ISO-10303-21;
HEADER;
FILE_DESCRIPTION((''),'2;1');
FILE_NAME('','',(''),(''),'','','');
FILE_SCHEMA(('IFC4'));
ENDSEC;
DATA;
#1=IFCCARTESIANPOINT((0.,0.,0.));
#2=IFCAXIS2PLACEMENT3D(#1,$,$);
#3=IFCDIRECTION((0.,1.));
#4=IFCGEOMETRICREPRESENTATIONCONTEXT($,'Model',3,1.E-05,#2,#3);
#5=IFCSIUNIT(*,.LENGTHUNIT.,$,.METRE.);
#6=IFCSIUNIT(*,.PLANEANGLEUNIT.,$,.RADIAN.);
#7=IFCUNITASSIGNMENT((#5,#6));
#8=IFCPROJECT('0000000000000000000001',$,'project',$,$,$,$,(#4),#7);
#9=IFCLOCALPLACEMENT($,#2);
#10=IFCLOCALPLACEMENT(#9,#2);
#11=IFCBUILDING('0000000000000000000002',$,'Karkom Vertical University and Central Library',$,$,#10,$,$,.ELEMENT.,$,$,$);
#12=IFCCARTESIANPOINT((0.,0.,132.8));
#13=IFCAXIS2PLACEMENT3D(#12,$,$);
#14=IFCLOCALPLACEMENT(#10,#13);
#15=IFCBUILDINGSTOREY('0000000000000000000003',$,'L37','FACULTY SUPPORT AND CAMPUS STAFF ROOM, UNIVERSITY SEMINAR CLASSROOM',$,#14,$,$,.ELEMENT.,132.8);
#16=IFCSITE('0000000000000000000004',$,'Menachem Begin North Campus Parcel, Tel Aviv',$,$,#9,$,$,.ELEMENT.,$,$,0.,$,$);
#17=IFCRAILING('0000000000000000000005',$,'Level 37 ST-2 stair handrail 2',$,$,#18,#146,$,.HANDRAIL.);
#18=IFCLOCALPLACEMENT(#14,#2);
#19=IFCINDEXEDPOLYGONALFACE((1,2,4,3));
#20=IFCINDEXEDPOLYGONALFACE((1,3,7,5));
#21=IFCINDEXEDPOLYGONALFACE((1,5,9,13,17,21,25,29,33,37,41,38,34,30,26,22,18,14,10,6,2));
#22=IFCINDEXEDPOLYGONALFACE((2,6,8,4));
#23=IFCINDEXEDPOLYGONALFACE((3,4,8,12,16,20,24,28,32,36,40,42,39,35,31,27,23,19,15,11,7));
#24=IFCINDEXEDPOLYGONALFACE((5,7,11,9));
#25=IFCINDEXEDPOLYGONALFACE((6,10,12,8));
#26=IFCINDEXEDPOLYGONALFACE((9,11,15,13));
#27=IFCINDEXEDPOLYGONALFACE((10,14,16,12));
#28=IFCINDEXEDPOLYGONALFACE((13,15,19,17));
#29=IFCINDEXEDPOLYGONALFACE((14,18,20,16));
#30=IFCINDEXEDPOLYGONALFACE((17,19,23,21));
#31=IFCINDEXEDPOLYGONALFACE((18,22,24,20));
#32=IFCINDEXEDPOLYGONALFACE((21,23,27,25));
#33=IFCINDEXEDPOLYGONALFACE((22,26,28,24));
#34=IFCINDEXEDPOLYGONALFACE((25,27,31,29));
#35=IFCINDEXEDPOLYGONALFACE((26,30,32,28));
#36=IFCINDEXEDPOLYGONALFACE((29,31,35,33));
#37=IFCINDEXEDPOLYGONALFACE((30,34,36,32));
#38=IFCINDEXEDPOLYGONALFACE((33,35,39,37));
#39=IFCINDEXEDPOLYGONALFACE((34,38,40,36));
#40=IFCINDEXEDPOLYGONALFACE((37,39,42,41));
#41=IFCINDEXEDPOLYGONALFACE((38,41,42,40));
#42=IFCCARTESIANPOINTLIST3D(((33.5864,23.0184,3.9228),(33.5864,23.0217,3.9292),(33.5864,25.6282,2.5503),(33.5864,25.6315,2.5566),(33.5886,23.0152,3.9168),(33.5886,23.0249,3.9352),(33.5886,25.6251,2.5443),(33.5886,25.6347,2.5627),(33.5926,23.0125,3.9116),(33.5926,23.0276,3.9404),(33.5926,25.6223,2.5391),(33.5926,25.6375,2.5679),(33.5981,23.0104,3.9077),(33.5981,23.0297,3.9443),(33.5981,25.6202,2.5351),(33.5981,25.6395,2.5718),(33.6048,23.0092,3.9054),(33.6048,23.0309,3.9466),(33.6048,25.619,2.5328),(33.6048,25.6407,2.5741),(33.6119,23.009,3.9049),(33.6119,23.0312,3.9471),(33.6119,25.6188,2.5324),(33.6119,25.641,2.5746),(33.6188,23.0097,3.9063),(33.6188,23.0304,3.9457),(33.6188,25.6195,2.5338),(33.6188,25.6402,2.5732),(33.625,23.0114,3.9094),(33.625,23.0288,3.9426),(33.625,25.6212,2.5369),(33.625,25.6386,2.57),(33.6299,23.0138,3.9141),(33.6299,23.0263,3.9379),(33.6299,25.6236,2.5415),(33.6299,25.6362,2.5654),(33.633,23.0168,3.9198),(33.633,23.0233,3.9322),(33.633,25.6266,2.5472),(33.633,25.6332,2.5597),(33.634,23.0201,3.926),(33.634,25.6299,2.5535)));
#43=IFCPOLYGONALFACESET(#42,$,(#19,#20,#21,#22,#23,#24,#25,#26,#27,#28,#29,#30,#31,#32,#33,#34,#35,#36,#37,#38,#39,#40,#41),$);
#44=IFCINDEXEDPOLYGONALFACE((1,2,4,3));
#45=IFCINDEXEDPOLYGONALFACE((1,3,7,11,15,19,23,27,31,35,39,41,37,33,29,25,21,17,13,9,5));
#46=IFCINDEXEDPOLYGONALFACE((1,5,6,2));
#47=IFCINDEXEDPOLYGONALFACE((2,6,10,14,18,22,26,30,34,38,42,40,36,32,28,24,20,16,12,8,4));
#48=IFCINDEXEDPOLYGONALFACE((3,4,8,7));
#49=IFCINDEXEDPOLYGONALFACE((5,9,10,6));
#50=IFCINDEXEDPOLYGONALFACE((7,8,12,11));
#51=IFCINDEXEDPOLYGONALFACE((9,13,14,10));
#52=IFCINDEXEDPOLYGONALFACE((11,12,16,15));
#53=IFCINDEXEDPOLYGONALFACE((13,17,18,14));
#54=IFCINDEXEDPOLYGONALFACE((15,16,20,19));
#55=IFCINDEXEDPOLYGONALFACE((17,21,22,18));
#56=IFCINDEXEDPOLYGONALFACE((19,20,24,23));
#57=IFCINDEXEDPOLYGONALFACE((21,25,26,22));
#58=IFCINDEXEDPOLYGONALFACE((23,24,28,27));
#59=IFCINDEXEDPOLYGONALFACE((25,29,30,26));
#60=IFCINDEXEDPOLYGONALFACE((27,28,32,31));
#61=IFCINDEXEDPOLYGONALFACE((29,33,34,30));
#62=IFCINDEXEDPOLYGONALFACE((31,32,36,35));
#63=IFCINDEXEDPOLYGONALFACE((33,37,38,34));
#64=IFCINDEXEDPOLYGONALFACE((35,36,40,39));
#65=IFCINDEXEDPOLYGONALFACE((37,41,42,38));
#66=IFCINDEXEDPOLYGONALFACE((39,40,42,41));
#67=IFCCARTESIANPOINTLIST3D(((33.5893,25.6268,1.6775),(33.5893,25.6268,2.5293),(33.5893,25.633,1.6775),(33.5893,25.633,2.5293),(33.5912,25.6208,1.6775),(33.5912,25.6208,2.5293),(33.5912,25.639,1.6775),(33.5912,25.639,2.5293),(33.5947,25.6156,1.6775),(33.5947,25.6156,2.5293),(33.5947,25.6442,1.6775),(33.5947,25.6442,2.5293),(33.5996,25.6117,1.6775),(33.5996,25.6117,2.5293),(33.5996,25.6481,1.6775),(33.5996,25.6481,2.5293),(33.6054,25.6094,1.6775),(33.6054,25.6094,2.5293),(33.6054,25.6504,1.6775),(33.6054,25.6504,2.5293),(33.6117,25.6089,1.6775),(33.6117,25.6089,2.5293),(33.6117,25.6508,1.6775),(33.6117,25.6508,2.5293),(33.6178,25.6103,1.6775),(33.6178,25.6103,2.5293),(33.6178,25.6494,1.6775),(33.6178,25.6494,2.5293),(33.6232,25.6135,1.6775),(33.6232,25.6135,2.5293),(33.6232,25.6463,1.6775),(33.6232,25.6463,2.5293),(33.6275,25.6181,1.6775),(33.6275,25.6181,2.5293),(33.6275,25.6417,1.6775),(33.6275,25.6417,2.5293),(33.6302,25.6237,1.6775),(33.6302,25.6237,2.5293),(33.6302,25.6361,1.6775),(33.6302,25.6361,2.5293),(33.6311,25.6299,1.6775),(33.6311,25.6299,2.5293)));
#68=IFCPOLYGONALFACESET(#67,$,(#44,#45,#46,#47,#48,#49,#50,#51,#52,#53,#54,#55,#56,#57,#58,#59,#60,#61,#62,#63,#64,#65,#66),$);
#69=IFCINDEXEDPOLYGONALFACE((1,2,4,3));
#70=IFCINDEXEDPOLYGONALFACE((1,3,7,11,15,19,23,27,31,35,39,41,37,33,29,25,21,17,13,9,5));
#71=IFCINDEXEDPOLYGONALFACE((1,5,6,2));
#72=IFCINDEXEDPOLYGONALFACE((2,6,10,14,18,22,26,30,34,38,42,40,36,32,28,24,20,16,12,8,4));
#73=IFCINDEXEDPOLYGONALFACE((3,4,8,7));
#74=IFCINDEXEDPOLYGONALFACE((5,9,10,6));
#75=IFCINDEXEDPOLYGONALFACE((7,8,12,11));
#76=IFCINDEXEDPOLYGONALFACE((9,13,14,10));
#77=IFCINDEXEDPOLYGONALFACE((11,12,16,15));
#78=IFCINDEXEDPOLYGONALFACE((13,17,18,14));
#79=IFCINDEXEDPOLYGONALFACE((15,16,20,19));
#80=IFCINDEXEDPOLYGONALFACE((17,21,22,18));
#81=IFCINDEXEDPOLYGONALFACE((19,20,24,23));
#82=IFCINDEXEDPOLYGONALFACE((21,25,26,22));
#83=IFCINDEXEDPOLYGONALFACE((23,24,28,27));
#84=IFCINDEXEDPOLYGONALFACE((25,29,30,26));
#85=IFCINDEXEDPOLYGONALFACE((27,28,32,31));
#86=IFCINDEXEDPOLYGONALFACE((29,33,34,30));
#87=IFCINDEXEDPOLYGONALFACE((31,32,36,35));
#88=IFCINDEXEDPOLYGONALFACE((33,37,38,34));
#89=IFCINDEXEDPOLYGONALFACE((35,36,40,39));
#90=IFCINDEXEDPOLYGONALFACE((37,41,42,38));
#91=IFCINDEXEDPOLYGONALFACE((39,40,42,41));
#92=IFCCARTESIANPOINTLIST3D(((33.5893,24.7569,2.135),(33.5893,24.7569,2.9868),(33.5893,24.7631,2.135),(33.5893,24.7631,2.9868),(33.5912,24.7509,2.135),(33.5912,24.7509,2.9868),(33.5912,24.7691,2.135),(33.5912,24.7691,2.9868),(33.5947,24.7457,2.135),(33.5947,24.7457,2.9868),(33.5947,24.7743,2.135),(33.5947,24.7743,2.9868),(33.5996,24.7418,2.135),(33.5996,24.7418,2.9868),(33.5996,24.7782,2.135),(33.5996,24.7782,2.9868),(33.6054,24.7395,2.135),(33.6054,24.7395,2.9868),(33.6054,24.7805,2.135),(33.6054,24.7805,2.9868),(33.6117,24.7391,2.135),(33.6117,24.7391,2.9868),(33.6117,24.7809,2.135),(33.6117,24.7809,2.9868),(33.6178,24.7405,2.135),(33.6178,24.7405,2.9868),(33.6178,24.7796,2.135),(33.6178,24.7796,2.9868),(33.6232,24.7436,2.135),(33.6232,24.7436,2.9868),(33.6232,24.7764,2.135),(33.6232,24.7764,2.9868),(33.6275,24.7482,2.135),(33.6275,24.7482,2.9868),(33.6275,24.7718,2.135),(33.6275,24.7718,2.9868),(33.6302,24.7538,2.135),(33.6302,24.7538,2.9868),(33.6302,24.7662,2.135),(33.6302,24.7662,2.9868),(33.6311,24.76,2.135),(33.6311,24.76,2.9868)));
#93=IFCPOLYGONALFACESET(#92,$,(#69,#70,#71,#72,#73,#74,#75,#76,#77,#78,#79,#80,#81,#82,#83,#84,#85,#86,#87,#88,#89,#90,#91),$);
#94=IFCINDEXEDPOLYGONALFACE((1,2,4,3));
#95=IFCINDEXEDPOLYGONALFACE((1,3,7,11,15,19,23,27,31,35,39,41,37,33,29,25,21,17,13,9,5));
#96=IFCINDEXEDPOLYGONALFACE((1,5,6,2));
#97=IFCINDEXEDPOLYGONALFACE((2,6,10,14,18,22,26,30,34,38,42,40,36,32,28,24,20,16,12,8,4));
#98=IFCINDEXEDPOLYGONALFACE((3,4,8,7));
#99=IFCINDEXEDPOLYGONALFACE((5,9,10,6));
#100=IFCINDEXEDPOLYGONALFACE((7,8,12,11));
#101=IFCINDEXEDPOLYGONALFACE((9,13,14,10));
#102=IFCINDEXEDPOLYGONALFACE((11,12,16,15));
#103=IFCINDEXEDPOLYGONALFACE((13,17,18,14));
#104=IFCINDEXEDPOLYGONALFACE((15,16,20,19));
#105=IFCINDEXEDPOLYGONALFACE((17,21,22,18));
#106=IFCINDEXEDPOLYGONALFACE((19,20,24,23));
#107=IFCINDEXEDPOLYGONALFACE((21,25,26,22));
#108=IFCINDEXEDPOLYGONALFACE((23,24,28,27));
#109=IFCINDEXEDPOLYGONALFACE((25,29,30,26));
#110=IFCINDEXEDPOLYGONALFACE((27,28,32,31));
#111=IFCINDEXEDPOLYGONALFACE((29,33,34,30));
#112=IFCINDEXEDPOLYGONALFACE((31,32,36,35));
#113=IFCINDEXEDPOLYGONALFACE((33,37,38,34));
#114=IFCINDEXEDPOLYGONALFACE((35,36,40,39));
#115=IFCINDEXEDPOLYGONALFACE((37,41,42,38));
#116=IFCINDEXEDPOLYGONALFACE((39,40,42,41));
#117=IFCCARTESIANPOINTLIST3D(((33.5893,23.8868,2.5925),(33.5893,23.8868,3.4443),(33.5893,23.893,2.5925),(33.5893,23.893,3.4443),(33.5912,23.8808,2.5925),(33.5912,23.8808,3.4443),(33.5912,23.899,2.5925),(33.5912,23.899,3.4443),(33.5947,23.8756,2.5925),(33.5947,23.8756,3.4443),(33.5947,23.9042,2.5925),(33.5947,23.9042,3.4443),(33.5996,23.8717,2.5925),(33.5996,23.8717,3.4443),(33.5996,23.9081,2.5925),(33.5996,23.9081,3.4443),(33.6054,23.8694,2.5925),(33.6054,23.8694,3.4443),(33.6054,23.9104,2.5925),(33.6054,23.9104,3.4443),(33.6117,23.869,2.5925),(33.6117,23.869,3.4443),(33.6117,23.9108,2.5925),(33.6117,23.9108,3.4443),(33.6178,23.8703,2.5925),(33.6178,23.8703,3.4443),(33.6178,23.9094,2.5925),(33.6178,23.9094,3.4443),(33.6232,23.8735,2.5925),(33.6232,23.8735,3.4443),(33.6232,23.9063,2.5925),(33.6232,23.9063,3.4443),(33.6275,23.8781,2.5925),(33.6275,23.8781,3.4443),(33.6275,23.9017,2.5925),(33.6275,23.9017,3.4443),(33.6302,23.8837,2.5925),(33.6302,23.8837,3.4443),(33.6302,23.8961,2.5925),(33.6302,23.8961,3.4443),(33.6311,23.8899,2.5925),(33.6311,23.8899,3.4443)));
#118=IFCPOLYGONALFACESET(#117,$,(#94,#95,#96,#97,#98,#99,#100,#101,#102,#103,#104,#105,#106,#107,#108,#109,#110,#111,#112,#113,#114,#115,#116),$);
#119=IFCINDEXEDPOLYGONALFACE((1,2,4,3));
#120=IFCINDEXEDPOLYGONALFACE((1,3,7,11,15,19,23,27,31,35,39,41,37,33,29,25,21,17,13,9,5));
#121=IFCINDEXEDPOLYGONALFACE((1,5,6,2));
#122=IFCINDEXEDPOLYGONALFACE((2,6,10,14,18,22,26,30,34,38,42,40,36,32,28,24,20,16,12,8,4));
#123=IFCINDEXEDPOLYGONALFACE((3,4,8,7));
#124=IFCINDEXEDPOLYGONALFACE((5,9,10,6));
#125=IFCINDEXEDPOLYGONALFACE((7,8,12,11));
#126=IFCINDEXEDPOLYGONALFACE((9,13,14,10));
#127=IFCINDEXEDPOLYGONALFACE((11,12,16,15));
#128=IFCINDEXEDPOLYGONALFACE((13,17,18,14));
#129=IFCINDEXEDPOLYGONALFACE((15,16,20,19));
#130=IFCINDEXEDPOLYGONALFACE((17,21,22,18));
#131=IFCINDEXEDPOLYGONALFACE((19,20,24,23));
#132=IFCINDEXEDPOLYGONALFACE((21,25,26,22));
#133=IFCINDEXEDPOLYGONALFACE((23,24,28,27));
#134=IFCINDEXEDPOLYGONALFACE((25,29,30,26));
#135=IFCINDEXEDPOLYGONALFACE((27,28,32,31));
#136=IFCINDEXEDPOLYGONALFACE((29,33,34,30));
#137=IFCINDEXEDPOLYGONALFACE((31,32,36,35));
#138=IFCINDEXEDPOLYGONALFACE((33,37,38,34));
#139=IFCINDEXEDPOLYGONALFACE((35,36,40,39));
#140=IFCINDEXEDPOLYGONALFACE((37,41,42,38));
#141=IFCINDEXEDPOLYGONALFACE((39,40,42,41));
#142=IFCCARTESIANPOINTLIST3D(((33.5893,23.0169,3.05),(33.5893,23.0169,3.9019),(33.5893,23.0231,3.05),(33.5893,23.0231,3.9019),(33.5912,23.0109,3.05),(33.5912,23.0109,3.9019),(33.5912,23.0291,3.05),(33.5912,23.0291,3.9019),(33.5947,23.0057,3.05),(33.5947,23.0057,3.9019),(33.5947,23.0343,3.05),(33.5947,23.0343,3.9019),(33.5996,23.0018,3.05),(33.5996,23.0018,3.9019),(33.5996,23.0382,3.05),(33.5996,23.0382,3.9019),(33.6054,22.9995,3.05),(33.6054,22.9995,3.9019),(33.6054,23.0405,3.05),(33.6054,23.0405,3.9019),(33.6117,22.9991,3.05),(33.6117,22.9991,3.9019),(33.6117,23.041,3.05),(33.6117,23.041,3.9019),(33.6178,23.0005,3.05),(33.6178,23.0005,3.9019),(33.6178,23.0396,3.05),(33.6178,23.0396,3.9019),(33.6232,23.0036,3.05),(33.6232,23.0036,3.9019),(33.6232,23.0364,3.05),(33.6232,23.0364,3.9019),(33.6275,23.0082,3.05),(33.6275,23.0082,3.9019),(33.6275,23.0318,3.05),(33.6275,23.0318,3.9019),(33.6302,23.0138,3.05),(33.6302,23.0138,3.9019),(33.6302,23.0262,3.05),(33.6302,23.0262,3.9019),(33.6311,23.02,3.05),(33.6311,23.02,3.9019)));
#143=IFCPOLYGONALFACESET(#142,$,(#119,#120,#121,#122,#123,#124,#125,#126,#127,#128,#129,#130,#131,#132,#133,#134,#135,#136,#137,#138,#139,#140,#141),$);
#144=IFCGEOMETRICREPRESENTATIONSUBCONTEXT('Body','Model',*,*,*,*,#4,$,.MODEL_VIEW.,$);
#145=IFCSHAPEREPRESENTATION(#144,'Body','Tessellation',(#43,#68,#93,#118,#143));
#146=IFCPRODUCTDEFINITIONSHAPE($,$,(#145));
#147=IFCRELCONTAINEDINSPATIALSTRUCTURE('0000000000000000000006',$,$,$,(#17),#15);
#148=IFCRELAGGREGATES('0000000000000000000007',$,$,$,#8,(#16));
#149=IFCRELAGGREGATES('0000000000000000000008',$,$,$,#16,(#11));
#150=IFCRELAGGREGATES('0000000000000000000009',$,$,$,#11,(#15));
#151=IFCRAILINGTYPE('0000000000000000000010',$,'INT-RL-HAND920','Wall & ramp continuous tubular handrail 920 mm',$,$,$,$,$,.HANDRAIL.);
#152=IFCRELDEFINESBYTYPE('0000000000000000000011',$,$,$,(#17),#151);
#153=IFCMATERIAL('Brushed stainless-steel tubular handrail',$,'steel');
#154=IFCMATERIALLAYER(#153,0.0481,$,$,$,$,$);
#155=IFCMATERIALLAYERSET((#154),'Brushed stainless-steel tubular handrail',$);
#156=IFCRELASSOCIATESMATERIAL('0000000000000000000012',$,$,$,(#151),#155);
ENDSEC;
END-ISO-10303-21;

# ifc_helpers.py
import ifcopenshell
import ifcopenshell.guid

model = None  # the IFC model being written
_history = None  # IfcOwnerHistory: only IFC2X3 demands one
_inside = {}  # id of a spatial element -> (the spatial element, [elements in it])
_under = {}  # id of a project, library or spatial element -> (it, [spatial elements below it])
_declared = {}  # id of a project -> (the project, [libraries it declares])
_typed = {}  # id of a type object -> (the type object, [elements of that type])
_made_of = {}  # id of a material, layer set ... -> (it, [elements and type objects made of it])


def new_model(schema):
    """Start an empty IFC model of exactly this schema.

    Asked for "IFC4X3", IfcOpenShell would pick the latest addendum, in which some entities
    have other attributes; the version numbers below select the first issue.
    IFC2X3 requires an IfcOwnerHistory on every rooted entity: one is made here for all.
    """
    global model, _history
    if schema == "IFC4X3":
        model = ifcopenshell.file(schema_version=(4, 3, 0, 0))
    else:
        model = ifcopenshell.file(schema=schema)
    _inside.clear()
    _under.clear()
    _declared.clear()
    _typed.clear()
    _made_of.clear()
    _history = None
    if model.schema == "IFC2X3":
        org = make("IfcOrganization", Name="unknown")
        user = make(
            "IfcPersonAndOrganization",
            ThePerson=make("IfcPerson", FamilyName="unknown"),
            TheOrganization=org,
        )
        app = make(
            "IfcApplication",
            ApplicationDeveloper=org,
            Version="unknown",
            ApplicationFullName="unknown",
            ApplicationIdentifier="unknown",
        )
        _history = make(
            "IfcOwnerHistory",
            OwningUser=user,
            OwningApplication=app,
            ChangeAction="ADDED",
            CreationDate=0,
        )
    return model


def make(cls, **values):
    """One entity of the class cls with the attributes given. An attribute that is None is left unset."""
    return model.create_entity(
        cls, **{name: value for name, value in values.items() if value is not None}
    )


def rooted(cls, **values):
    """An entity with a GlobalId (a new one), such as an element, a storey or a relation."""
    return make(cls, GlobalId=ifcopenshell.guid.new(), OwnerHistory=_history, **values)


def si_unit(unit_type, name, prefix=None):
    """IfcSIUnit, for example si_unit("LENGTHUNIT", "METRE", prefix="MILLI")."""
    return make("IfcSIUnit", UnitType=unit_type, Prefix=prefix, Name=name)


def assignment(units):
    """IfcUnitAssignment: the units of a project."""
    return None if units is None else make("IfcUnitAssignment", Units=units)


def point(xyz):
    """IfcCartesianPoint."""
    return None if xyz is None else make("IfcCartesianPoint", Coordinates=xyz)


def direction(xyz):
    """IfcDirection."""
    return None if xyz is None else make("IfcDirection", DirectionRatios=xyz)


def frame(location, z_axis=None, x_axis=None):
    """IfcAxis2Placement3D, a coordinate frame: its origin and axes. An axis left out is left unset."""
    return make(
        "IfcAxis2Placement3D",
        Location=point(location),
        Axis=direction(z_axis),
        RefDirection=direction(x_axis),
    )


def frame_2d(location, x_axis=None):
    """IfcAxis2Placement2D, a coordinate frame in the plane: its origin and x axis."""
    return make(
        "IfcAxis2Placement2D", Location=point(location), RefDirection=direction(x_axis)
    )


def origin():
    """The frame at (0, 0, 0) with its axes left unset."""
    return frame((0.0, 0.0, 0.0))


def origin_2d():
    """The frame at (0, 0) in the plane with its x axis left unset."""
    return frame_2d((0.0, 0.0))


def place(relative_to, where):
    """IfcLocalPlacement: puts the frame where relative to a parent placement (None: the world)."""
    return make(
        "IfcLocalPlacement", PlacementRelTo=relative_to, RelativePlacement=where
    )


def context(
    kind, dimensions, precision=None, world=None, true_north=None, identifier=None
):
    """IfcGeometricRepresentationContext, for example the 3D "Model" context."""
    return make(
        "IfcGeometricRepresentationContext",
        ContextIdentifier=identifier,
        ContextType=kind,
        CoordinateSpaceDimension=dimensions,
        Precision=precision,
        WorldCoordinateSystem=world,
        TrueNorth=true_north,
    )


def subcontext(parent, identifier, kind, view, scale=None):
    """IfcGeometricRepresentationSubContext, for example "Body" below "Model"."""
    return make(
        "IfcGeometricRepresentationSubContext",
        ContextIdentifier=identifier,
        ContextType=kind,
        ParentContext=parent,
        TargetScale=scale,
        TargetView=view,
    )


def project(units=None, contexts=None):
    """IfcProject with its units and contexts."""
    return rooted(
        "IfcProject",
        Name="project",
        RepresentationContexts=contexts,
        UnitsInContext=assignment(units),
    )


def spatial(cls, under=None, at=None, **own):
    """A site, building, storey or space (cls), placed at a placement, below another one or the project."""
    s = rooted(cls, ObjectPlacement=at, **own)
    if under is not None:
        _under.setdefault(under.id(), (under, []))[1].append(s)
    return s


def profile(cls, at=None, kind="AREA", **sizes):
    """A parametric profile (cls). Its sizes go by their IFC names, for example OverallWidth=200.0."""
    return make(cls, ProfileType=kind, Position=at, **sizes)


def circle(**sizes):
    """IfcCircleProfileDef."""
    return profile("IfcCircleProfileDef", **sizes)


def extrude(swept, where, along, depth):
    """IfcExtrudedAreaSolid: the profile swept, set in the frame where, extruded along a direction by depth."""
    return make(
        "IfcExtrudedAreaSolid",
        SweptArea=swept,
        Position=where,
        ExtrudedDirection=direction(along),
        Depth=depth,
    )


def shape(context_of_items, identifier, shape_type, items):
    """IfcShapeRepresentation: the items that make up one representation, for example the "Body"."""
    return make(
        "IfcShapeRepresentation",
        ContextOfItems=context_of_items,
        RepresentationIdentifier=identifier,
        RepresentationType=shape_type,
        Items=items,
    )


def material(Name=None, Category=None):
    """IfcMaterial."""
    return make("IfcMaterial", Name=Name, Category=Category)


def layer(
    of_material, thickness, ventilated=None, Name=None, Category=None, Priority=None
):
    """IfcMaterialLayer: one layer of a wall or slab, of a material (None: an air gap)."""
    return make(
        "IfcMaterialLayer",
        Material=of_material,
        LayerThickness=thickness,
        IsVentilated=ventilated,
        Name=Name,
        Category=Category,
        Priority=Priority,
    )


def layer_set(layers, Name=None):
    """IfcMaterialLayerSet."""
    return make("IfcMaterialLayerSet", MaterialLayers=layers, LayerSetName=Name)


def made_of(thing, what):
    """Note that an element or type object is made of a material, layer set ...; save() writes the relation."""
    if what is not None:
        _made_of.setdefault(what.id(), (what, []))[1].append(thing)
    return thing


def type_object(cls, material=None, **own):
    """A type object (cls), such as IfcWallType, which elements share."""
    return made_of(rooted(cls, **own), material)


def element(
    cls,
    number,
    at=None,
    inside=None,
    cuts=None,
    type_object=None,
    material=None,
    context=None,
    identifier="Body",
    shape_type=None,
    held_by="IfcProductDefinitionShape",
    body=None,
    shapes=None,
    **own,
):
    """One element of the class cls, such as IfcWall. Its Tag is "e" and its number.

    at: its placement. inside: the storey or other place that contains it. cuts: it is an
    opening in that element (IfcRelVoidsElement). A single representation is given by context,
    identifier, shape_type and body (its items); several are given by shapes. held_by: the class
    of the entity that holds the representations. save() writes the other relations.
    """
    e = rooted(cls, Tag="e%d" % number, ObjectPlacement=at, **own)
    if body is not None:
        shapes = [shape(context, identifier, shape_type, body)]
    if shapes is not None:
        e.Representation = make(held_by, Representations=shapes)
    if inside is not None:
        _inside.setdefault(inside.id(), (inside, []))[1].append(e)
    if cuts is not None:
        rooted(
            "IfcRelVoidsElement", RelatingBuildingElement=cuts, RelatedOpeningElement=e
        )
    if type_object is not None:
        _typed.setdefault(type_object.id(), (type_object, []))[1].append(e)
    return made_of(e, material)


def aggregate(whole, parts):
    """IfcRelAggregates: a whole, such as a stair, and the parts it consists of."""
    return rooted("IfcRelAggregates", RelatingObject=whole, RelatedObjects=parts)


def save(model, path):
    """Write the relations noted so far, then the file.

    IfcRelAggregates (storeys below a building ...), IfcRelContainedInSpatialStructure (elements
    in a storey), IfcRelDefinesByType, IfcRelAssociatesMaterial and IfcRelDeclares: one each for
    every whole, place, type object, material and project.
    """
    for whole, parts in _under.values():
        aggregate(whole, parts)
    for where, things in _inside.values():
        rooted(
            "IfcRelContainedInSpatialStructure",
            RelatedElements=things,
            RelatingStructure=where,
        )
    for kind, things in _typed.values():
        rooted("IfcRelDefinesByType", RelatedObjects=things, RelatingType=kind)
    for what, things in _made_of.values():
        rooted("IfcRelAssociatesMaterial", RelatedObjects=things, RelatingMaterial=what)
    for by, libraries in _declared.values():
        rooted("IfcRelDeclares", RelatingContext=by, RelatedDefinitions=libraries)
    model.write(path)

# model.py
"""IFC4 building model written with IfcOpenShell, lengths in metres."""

from ifc_helpers import new_model, si_unit, direction, frame, origin, origin_2d, place, context, subcontext, project, spatial, circle, extrude, material, layer, layer_set, type_object, element, save


model = new_model("IFC4")

# Units and contexts
model_context = context("Model", 3, precision=1e-05, world=origin(), true_north=direction((0.0, 1.0)))
body_context = subcontext(model_context, "Body", "Model", "MODEL_VIEW")
ifc_project = project(units=[si_unit("LENGTHUNIT", "METRE"), si_unit("PLANEANGLEUNIT", "RADIAN")], contexts=[model_context])

# Site, building, storey
site_placement = place(None, origin())
site = spatial("IfcSite", under=ifc_project, at=site_placement, Name="Menachem Begin North Campus Parcel, Tel Aviv", CompositionType="ELEMENT", RefElevation=0.0)
building_placement = place(site_placement, origin())
building = spatial("IfcBuilding", under=site, at=building_placement, Name="Karkom Vertical University and Central Library", CompositionType="ELEMENT")
storey_placement = place(building_placement, frame((0.0, 0.0, 132.8)))
storey = spatial("IfcBuildingStorey", under=building, at=storey_placement, Name="L37", Description="FACULTY SUPPORT AND CAMPUS STAFF ROOM, UNIVERSITY SEMINAR CLASSROOM", CompositionType="ELEMENT", Elevation=132.8)

# Railing
ifc_material_1 = material(Name="Brushed stainless-steel tubular handrail", Category="steel")
ifc_layer_1 = layer(ifc_material_1, 0.0481)
ifc_layer_set_1 = layer_set([ifc_layer_1], Name="Brushed stainless-steel tubular handrail")
railing_type_1 = type_object("IfcRailingType", Name="INT-RL-HAND920", Description="Wall & ramp continuous tubular handrail 920 mm", PredefinedType="HANDRAIL", material=ifc_layer_set_1)
railing_1_placement = place(storey_placement, frame((33.6101, 25.6299, 1.6775)))
element("IfcRailing", 1, at=railing_1_placement, inside=storey, type_object=railing_type_1, Name="Level 37 ST-2 stair handrail 2", PredefinedType="HANDRAIL", context=body_context, shape_type="SweptSolid", body=[
    extrude(circle(Radius=0.0239, at=origin_2d()), frame((0.0, 0.0, 0.876), z_axis=(0.0, -0.885065, 0.465467), x_axis=(1.0, 0.0, 0.0)), (0.0, 0.0, 1.0), 2.9487),
    extrude(circle(Radius=0.021, at=origin_2d()), origin(), (0.0, 0.0, 1.0), 0.8518),
    extrude(circle(Radius=0.021, at=origin_2d()), frame((0.0, -0.8699, 0.4575)), (0.0, 0.0, 1.0), 0.8518),
    extrude(circle(Radius=0.021, at=origin_2d()), frame((0.0, -1.74, 0.915)), (0.0, 0.0, 1.0), 0.8518),
    extrude(circle(Radius=0.021, at=origin_2d()), frame((0.0, -2.6099, 1.3726)), (0.0, 0.0, 1.0), 0.8518),
])

save(model, "model.ifc")
